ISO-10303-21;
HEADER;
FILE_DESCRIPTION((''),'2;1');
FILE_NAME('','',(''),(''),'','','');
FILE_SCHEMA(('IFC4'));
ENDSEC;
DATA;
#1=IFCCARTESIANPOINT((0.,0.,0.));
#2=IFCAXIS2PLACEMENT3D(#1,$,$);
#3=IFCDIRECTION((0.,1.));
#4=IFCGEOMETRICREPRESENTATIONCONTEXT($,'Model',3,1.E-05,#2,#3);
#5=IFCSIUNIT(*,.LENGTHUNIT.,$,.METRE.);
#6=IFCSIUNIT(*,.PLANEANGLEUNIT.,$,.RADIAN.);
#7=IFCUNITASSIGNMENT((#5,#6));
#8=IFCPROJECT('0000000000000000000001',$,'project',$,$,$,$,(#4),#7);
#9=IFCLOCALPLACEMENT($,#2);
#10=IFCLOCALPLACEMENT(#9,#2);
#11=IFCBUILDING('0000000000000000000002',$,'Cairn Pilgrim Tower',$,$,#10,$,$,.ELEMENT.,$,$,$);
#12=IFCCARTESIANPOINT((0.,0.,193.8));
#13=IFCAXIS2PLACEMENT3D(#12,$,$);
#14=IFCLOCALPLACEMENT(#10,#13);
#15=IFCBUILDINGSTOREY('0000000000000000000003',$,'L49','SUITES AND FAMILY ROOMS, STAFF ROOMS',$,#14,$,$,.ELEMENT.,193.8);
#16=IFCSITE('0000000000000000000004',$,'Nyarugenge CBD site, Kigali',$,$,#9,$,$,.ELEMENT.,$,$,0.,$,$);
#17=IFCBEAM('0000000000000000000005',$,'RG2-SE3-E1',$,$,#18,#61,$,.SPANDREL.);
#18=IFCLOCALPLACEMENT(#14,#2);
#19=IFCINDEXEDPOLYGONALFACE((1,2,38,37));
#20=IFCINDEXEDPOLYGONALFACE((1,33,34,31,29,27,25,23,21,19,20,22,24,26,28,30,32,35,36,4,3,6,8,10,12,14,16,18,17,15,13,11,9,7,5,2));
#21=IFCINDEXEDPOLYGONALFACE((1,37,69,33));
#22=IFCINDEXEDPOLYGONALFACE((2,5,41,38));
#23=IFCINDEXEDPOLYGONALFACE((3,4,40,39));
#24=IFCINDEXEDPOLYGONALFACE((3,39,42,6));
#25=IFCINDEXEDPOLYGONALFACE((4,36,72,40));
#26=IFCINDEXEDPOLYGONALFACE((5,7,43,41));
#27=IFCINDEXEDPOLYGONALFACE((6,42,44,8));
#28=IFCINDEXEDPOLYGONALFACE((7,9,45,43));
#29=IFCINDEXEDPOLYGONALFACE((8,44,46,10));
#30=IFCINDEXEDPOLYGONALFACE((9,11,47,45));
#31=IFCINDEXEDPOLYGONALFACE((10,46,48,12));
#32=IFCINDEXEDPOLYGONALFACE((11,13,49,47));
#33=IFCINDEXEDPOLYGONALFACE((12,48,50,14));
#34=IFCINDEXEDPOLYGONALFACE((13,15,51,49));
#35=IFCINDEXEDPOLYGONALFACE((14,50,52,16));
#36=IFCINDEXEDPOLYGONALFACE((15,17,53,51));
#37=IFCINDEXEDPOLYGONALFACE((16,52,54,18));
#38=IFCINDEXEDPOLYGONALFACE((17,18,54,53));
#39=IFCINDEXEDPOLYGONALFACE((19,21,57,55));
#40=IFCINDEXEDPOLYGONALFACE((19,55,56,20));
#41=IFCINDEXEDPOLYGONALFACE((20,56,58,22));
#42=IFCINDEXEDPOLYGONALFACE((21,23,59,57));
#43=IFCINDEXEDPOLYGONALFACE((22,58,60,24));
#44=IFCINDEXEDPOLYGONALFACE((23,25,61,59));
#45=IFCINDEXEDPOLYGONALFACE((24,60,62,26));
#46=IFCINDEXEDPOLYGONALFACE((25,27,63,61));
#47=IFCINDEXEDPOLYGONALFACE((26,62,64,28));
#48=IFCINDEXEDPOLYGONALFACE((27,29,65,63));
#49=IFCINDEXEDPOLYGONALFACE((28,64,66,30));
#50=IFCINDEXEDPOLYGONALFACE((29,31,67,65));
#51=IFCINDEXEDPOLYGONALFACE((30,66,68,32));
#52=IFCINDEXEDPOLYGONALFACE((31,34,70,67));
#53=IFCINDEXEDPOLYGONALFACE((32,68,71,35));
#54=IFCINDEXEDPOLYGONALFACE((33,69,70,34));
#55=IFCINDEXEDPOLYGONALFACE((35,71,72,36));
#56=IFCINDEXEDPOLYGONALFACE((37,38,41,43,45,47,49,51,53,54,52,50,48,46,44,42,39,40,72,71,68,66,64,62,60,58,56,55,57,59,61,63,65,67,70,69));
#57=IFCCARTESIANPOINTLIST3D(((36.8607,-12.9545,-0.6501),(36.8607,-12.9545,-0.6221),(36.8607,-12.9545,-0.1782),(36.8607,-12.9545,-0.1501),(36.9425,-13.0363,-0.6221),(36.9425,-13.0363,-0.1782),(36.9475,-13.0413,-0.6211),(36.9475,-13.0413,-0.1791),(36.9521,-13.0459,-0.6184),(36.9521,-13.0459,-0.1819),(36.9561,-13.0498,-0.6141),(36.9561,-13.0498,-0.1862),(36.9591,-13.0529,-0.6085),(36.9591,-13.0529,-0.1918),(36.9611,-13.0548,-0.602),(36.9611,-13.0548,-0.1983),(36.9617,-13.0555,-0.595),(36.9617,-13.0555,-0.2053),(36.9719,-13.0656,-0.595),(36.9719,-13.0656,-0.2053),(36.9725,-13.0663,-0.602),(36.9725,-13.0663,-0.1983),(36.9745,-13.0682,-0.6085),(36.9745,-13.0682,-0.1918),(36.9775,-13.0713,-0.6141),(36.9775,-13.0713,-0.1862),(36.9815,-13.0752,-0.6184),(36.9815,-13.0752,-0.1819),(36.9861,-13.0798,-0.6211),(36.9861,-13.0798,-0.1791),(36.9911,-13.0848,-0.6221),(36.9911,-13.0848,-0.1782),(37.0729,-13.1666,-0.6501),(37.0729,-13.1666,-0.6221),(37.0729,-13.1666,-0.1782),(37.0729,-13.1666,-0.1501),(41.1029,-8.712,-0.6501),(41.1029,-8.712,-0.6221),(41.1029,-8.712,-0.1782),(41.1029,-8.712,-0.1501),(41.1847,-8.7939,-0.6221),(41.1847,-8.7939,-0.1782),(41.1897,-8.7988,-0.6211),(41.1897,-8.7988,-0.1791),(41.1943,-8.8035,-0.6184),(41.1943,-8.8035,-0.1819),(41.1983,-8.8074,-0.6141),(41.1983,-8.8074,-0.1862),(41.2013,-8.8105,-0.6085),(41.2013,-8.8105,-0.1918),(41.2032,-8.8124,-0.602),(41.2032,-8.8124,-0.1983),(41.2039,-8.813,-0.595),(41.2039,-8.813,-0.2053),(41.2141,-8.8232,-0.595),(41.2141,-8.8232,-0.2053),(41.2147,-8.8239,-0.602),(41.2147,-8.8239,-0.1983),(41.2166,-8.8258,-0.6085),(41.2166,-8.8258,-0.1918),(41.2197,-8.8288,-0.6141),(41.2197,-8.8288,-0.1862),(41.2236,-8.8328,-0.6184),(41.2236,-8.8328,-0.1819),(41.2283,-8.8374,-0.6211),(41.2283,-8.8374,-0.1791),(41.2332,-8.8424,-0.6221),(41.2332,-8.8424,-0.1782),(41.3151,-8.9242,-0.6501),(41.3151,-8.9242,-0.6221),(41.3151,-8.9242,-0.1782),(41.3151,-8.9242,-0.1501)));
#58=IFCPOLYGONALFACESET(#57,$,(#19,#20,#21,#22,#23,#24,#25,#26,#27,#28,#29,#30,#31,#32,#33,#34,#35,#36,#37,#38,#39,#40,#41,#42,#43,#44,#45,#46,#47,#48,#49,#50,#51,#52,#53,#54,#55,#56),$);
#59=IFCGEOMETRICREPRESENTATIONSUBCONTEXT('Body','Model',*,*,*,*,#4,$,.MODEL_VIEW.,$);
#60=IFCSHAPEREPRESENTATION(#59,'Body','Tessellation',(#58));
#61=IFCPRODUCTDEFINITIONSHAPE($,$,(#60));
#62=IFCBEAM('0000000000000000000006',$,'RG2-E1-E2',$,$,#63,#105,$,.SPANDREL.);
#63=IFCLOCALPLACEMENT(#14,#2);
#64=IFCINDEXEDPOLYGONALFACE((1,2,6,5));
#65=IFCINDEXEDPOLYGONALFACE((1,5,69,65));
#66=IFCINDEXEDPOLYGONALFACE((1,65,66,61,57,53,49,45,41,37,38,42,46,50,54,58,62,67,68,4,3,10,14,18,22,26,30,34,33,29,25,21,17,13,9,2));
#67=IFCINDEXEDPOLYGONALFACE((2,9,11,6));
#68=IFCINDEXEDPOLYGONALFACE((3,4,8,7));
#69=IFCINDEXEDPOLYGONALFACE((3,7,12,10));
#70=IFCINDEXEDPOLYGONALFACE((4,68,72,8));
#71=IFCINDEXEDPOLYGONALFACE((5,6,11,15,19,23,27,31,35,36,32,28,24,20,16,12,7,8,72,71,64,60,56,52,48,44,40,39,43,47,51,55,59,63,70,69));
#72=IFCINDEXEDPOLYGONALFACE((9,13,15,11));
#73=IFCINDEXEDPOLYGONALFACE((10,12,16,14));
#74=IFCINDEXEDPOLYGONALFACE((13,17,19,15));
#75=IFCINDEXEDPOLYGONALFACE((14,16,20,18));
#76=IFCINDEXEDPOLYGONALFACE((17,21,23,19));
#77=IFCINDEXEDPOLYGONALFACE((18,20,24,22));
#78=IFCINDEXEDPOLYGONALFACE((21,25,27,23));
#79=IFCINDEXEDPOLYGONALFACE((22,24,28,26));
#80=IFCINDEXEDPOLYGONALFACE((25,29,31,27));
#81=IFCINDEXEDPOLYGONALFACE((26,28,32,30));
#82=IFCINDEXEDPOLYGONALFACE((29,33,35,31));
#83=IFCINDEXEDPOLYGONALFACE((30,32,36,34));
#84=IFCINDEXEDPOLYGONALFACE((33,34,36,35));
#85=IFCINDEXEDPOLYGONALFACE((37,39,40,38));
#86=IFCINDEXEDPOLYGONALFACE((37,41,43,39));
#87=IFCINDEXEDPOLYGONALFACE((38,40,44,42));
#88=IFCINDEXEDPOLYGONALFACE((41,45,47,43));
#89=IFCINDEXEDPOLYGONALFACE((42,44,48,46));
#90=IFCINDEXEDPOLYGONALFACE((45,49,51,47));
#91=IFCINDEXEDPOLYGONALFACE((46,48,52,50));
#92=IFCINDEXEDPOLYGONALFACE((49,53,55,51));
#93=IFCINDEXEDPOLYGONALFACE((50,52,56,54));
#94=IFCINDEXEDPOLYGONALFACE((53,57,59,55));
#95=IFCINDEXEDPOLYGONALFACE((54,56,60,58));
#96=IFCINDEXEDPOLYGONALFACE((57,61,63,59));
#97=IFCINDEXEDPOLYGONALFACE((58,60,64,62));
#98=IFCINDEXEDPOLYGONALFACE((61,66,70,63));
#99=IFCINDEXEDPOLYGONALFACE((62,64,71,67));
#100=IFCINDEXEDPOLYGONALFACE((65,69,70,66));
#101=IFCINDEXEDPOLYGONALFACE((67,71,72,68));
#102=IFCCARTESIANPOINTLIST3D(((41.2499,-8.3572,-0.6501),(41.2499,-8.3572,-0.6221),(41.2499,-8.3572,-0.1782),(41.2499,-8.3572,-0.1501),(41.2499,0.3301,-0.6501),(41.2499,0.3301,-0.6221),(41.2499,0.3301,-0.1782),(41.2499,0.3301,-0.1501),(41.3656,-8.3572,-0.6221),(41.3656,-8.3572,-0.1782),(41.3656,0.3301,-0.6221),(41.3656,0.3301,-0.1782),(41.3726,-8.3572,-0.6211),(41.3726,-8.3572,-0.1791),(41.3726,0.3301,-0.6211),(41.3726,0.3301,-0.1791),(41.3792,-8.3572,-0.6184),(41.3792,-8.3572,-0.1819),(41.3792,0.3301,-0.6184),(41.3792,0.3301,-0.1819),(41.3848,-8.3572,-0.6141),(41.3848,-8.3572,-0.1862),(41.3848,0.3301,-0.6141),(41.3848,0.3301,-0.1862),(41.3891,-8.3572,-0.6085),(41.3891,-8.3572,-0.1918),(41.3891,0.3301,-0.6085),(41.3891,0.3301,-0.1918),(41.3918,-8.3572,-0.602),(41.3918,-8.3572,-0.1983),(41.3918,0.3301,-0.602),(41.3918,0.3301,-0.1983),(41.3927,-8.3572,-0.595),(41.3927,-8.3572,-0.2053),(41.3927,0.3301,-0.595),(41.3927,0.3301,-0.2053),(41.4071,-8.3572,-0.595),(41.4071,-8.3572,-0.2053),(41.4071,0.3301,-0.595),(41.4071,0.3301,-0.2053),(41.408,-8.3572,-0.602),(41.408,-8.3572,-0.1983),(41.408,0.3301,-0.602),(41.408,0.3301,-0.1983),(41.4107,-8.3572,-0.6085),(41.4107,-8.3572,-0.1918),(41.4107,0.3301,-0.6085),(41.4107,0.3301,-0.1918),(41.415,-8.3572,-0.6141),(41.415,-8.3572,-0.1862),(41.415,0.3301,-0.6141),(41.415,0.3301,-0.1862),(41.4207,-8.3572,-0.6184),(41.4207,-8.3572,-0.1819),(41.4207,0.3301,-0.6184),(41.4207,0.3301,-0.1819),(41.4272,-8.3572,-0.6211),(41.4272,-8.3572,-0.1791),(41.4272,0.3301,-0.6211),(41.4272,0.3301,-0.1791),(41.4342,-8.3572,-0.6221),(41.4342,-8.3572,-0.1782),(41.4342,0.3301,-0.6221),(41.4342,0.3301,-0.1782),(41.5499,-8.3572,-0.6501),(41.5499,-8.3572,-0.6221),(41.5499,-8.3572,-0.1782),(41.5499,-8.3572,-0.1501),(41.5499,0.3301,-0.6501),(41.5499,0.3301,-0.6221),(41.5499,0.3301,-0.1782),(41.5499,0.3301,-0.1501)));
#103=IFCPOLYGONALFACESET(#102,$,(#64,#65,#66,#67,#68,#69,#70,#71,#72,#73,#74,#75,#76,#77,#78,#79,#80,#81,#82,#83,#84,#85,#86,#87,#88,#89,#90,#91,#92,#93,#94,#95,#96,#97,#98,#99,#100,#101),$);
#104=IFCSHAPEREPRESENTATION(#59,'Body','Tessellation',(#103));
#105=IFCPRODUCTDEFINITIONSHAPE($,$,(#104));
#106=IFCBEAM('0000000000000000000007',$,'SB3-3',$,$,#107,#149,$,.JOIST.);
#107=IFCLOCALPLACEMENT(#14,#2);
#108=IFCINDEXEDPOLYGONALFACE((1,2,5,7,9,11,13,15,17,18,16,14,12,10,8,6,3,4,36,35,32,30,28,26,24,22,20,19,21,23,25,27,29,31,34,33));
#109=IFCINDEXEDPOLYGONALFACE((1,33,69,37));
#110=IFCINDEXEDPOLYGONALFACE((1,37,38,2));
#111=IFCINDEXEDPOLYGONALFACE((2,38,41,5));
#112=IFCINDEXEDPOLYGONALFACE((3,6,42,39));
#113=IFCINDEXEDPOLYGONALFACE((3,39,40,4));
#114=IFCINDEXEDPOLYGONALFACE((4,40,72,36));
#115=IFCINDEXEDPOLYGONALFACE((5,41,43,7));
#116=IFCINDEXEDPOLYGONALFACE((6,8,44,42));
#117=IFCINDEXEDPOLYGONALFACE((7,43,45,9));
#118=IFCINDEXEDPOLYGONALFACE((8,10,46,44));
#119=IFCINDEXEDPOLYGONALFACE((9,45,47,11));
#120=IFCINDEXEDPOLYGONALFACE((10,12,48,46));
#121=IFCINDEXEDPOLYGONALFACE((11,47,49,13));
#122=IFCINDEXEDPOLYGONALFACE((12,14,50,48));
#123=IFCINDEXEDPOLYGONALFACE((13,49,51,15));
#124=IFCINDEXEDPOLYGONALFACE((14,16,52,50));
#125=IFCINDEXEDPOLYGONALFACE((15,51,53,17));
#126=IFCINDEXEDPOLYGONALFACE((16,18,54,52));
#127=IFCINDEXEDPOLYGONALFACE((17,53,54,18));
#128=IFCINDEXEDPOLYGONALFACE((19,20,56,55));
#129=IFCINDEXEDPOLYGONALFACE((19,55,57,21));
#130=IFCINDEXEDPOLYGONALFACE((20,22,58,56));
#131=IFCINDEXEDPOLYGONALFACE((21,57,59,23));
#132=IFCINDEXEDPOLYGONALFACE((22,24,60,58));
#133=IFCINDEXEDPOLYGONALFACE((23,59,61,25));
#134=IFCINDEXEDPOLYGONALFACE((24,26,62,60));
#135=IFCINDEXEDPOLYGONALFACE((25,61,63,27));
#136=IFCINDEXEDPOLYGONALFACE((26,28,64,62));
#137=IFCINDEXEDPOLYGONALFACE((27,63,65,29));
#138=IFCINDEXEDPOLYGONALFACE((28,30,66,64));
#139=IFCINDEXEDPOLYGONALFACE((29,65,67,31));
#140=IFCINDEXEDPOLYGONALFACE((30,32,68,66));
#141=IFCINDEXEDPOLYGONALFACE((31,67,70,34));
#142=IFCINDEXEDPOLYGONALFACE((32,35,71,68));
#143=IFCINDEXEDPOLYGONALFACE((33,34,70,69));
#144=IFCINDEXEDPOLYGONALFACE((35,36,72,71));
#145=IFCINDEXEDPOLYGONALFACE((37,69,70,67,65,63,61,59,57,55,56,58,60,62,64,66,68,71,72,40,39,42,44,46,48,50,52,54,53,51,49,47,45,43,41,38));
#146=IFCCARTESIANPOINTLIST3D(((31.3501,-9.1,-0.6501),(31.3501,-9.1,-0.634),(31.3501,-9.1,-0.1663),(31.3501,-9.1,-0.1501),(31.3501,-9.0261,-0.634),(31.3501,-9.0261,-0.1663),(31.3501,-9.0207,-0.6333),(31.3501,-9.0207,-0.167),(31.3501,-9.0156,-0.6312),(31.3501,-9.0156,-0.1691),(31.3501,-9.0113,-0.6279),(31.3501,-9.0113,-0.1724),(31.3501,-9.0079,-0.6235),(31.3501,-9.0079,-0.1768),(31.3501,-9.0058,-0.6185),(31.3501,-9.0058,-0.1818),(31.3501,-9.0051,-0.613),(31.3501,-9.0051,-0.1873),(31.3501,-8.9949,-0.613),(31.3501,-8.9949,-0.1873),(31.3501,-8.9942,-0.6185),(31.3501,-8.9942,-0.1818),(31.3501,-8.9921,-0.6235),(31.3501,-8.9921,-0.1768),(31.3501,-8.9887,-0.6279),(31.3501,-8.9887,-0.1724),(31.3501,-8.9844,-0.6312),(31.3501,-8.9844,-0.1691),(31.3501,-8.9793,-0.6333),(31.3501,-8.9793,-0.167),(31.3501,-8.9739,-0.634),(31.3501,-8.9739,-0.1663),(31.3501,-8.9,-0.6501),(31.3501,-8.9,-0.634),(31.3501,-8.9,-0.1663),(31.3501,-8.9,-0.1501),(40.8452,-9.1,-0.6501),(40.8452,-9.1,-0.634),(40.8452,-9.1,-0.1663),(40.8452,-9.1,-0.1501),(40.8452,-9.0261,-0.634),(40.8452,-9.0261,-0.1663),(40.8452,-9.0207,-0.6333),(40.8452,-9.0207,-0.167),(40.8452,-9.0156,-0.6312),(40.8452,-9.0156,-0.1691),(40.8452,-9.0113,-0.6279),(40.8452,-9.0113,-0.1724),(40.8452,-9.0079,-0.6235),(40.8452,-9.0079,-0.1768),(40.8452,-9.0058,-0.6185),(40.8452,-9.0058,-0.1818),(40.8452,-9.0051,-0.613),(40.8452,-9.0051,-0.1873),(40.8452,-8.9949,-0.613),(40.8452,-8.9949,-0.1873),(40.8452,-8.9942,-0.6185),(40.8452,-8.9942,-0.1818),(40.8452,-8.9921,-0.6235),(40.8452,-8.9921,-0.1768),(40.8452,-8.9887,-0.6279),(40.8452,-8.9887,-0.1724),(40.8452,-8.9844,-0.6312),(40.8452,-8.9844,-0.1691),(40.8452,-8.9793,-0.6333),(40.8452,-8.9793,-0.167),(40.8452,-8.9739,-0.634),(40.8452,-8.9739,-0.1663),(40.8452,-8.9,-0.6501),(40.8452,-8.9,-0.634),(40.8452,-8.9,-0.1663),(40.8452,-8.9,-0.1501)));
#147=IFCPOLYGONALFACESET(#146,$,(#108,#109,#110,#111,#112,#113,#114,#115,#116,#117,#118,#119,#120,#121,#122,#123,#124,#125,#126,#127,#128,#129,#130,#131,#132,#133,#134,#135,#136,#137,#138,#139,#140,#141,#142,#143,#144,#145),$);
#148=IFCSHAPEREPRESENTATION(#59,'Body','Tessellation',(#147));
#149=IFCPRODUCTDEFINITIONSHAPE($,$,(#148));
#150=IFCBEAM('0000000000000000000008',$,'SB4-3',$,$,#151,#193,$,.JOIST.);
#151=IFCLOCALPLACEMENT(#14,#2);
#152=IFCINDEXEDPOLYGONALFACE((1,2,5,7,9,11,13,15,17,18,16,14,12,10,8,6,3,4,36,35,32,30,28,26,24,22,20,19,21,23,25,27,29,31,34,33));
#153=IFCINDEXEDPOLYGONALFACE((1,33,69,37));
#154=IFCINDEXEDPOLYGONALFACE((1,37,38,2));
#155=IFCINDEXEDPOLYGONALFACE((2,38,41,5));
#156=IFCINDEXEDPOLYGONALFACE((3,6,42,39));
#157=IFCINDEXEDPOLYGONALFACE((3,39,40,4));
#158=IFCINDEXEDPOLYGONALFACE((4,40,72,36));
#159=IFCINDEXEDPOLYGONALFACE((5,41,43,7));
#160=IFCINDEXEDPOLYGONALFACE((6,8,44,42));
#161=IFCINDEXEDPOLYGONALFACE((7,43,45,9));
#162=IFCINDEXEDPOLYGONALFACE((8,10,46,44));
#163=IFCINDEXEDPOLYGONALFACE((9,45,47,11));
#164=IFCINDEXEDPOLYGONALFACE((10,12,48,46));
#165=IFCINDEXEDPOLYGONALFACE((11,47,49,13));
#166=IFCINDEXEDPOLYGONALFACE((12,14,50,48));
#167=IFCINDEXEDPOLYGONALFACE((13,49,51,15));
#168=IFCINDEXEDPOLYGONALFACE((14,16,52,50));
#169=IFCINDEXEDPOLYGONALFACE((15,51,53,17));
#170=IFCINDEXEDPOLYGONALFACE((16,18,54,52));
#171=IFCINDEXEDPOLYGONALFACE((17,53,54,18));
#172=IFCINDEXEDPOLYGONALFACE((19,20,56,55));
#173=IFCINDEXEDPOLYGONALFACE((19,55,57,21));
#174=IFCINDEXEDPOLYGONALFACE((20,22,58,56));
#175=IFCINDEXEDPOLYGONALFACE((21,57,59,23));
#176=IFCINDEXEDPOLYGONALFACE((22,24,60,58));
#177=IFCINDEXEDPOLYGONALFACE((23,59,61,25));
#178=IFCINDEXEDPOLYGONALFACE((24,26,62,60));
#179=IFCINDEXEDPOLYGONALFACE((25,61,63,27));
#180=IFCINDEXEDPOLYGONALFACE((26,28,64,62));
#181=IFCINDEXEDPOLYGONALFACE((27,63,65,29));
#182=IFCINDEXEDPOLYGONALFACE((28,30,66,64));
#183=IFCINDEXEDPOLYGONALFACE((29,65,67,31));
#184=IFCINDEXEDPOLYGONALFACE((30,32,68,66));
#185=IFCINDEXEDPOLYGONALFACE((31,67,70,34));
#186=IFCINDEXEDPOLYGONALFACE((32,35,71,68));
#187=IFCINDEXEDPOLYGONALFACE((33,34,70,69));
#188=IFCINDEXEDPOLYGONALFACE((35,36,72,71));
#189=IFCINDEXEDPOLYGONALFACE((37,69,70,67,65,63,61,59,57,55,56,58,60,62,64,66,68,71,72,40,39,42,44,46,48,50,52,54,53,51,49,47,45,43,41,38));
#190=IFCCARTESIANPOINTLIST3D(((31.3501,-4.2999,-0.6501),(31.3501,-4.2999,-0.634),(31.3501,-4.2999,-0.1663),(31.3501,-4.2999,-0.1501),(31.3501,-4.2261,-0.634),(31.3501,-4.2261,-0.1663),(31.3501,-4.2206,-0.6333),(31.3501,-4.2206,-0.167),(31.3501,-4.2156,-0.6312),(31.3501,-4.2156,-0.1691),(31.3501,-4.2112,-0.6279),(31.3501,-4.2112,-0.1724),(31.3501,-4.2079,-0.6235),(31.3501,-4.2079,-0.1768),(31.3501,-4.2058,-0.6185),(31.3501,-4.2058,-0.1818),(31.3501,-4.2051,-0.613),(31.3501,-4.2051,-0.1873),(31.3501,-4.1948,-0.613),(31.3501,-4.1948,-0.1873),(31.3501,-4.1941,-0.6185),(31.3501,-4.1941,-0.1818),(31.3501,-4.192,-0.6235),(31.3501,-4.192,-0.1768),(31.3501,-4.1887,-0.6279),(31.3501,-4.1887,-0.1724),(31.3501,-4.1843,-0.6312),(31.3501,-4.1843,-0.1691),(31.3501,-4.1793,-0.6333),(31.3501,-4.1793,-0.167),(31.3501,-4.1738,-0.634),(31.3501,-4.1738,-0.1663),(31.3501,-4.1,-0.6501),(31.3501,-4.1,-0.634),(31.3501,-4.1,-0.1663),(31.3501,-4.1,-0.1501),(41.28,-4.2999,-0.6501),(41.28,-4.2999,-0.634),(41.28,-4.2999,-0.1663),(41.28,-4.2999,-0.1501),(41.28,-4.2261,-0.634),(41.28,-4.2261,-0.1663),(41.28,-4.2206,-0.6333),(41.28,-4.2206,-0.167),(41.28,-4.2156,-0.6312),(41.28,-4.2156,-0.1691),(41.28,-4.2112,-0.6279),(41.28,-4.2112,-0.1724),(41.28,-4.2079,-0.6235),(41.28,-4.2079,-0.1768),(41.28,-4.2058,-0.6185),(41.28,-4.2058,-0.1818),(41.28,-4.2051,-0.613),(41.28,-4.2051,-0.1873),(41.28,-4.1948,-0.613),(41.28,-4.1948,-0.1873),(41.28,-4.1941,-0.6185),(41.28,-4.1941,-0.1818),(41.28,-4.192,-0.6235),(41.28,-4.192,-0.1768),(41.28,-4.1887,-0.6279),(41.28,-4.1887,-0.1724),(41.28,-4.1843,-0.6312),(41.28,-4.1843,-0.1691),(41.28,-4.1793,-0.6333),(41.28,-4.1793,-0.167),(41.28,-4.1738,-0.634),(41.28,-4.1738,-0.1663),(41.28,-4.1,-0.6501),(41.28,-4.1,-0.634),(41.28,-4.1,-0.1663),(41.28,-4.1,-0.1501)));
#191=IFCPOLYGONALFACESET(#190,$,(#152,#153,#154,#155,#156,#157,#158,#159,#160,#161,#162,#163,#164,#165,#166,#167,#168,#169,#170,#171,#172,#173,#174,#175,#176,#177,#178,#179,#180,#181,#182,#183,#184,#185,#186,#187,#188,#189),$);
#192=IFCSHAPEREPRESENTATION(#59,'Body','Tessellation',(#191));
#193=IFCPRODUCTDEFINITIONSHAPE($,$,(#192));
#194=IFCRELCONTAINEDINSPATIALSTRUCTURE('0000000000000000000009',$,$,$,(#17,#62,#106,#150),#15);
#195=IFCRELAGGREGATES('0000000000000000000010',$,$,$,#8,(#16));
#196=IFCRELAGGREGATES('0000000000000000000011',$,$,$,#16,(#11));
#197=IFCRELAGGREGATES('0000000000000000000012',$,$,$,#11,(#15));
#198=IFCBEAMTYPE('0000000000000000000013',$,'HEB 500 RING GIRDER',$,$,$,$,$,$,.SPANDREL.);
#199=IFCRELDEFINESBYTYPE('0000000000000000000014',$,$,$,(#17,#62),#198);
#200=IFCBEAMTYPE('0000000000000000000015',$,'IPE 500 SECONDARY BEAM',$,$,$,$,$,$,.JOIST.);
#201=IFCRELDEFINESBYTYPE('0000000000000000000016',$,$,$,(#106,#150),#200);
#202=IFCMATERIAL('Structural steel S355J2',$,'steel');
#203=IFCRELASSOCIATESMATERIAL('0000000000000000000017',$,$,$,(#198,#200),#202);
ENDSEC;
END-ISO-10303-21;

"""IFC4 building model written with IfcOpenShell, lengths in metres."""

from ifc_helpers import new_model, si_unit, direction, frame, origin, origin_2d, place, context, subcontext, project, spatial, i_section, extrude, material, material_profile, profile_set, type_object, element, save


model = new_model("IFC4")

# Units and contexts
model_context = context("Model", 3, precision=1e-05, world=origin(), true_north=direction((0.0, 1.0)))
body_context = subcontext(model_context, "Body", "Model", "MODEL_VIEW")
ifc_project = project(units=[si_unit("LENGTHUNIT", "METRE"), si_unit("PLANEANGLEUNIT", "RADIAN")], contexts=[model_context])

# Site, building, storey
site_placement = place(None, origin())
site = spatial("IfcSite", under=ifc_project, at=site_placement, Name="Nyarugenge CBD site, Kigali", CompositionType="ELEMENT", RefElevation=0.0)
building_placement = place(site_placement, origin())
building = spatial("IfcBuilding", under=site, at=building_placement, Name="Cairn Pilgrim Tower", CompositionType="ELEMENT")
storey_placement = place(building_placement, frame((0.0, 0.0, 193.8)))
storey = spatial("IfcBuildingStorey", under=building, at=storey_placement, Name="L49", Description="SUITES AND FAMILY ROOMS, STAFF ROOMS", CompositionType="ELEMENT", Elevation=193.8)

# Beams
ifc_material_1 = material(Name="Structural steel S355J2", Category="steel")
ifc_material_profile_1 = material_profile(ifc_material_1, i_section(OverallWidth=0.3, OverallDepth=0.5, WebThickness=0.0144, FlangeThickness=0.0281, FilletRadius=0.0271, at=origin_2d()), Name="HEB 500")
ifc_profile_set_1 = profile_set([ifc_material_profile_1], Name="Structural steel S355J2")
beam_type_1 = type_object("IfcBeamType", Name="HEB 500 RING GIRDER", PredefinedType="SPANDREL", material=ifc_profile_set_1)
beam_1_placement = place(storey_placement, frame((36.9668, -13.0605, -0.4001), z_axis=(0.707086, 0.707127, 0.0), x_axis=(-0.707127, 0.707086, 0.0)))
element("IfcBeam", 1, at=beam_1_placement, inside=storey, type_object=beam_type_1, Name="RG2-SE3-E1", PredefinedType="SPANDREL", context=body_context, shape_type="SweptSolid", body=[
    extrude(i_section(OverallWidth=0.3, OverallDepth=0.5, WebThickness=0.0144, FlangeThickness=0.0281, FilletRadius=0.0271, at=origin_2d()), origin(), (0.0, 0.0, 1.0), 5.9995),
])
beam_2_placement = place(storey_placement, frame((41.3999, -8.3572, -0.4001), z_axis=(0.0, 1.0, 0.0), x_axis=(-1.0, 0.0, 0.0)))
element("IfcBeam", 2, at=beam_2_placement, inside=storey, type_object=beam_type_1, Name="RG2-E1-E2", PredefinedType="SPANDREL", context=body_context, shape_type="SweptSolid", body=[
    extrude(i_section(OverallWidth=0.3, OverallDepth=0.5, WebThickness=0.0144, FlangeThickness=0.0281, FilletRadius=0.0271, at=origin_2d()), origin(), (0.0, 0.0, 1.0), 8.6873),
])
ifc_material_profile_2 = material_profile(ifc_material_1, i_section(OverallWidth=0.2, OverallDepth=0.5, WebThickness=0.0103, FlangeThickness=0.0161, FilletRadius=0.021, at=origin_2d()), Name="IPE 500")
ifc_profile_set_2 = profile_set([ifc_material_profile_2], Name="Structural steel S355J2")
beam_type_2 = type_object("IfcBeamType", Name="IPE 500 SECONDARY BEAM", PredefinedType="JOIST", material=ifc_profile_set_2)
beam_3_placement = place(storey_placement, frame((31.3501, -9.0, -0.4001), z_axis=(1.0, 0.0, 0.0), x_axis=(0.0, 1.0, 0.0)))
element("IfcBeam", 3, at=beam_3_placement, inside=storey, type_object=beam_type_2, Name="SB3-3", PredefinedType="JOIST", context=body_context, shape_type="SweptSolid", body=[
    extrude(i_section(OverallWidth=0.2, OverallDepth=0.5, WebThickness=0.0103, FlangeThickness=0.0161, FilletRadius=0.021, at=origin_2d()), origin(), (0.0, 0.0, 1.0), 9.4951),
])
for number, where, z_axis, x_axis, name in (
    (4, (31.3501, -4.2, -0.4001), (1.0, 0.0, 0.0), (0.0, 1.0, 0.0), "SB4-3"),
):
    element("IfcBeam", number, at=place(storey_placement, frame(where, z_axis=z_axis, x_axis=x_axis)), inside=storey, type_object=beam_type_2, Name=name, PredefinedType="JOIST", context=body_context, shape_type="SweptSolid", body=[
        extrude(i_section(OverallWidth=0.2, OverallDepth=0.5, WebThickness=0.0103, FlangeThickness=0.0161, FilletRadius=0.021, at=origin_2d()), origin(), (0.0, 0.0, 1.0), 9.9299),
    ])

save(model, "model.ifc")
